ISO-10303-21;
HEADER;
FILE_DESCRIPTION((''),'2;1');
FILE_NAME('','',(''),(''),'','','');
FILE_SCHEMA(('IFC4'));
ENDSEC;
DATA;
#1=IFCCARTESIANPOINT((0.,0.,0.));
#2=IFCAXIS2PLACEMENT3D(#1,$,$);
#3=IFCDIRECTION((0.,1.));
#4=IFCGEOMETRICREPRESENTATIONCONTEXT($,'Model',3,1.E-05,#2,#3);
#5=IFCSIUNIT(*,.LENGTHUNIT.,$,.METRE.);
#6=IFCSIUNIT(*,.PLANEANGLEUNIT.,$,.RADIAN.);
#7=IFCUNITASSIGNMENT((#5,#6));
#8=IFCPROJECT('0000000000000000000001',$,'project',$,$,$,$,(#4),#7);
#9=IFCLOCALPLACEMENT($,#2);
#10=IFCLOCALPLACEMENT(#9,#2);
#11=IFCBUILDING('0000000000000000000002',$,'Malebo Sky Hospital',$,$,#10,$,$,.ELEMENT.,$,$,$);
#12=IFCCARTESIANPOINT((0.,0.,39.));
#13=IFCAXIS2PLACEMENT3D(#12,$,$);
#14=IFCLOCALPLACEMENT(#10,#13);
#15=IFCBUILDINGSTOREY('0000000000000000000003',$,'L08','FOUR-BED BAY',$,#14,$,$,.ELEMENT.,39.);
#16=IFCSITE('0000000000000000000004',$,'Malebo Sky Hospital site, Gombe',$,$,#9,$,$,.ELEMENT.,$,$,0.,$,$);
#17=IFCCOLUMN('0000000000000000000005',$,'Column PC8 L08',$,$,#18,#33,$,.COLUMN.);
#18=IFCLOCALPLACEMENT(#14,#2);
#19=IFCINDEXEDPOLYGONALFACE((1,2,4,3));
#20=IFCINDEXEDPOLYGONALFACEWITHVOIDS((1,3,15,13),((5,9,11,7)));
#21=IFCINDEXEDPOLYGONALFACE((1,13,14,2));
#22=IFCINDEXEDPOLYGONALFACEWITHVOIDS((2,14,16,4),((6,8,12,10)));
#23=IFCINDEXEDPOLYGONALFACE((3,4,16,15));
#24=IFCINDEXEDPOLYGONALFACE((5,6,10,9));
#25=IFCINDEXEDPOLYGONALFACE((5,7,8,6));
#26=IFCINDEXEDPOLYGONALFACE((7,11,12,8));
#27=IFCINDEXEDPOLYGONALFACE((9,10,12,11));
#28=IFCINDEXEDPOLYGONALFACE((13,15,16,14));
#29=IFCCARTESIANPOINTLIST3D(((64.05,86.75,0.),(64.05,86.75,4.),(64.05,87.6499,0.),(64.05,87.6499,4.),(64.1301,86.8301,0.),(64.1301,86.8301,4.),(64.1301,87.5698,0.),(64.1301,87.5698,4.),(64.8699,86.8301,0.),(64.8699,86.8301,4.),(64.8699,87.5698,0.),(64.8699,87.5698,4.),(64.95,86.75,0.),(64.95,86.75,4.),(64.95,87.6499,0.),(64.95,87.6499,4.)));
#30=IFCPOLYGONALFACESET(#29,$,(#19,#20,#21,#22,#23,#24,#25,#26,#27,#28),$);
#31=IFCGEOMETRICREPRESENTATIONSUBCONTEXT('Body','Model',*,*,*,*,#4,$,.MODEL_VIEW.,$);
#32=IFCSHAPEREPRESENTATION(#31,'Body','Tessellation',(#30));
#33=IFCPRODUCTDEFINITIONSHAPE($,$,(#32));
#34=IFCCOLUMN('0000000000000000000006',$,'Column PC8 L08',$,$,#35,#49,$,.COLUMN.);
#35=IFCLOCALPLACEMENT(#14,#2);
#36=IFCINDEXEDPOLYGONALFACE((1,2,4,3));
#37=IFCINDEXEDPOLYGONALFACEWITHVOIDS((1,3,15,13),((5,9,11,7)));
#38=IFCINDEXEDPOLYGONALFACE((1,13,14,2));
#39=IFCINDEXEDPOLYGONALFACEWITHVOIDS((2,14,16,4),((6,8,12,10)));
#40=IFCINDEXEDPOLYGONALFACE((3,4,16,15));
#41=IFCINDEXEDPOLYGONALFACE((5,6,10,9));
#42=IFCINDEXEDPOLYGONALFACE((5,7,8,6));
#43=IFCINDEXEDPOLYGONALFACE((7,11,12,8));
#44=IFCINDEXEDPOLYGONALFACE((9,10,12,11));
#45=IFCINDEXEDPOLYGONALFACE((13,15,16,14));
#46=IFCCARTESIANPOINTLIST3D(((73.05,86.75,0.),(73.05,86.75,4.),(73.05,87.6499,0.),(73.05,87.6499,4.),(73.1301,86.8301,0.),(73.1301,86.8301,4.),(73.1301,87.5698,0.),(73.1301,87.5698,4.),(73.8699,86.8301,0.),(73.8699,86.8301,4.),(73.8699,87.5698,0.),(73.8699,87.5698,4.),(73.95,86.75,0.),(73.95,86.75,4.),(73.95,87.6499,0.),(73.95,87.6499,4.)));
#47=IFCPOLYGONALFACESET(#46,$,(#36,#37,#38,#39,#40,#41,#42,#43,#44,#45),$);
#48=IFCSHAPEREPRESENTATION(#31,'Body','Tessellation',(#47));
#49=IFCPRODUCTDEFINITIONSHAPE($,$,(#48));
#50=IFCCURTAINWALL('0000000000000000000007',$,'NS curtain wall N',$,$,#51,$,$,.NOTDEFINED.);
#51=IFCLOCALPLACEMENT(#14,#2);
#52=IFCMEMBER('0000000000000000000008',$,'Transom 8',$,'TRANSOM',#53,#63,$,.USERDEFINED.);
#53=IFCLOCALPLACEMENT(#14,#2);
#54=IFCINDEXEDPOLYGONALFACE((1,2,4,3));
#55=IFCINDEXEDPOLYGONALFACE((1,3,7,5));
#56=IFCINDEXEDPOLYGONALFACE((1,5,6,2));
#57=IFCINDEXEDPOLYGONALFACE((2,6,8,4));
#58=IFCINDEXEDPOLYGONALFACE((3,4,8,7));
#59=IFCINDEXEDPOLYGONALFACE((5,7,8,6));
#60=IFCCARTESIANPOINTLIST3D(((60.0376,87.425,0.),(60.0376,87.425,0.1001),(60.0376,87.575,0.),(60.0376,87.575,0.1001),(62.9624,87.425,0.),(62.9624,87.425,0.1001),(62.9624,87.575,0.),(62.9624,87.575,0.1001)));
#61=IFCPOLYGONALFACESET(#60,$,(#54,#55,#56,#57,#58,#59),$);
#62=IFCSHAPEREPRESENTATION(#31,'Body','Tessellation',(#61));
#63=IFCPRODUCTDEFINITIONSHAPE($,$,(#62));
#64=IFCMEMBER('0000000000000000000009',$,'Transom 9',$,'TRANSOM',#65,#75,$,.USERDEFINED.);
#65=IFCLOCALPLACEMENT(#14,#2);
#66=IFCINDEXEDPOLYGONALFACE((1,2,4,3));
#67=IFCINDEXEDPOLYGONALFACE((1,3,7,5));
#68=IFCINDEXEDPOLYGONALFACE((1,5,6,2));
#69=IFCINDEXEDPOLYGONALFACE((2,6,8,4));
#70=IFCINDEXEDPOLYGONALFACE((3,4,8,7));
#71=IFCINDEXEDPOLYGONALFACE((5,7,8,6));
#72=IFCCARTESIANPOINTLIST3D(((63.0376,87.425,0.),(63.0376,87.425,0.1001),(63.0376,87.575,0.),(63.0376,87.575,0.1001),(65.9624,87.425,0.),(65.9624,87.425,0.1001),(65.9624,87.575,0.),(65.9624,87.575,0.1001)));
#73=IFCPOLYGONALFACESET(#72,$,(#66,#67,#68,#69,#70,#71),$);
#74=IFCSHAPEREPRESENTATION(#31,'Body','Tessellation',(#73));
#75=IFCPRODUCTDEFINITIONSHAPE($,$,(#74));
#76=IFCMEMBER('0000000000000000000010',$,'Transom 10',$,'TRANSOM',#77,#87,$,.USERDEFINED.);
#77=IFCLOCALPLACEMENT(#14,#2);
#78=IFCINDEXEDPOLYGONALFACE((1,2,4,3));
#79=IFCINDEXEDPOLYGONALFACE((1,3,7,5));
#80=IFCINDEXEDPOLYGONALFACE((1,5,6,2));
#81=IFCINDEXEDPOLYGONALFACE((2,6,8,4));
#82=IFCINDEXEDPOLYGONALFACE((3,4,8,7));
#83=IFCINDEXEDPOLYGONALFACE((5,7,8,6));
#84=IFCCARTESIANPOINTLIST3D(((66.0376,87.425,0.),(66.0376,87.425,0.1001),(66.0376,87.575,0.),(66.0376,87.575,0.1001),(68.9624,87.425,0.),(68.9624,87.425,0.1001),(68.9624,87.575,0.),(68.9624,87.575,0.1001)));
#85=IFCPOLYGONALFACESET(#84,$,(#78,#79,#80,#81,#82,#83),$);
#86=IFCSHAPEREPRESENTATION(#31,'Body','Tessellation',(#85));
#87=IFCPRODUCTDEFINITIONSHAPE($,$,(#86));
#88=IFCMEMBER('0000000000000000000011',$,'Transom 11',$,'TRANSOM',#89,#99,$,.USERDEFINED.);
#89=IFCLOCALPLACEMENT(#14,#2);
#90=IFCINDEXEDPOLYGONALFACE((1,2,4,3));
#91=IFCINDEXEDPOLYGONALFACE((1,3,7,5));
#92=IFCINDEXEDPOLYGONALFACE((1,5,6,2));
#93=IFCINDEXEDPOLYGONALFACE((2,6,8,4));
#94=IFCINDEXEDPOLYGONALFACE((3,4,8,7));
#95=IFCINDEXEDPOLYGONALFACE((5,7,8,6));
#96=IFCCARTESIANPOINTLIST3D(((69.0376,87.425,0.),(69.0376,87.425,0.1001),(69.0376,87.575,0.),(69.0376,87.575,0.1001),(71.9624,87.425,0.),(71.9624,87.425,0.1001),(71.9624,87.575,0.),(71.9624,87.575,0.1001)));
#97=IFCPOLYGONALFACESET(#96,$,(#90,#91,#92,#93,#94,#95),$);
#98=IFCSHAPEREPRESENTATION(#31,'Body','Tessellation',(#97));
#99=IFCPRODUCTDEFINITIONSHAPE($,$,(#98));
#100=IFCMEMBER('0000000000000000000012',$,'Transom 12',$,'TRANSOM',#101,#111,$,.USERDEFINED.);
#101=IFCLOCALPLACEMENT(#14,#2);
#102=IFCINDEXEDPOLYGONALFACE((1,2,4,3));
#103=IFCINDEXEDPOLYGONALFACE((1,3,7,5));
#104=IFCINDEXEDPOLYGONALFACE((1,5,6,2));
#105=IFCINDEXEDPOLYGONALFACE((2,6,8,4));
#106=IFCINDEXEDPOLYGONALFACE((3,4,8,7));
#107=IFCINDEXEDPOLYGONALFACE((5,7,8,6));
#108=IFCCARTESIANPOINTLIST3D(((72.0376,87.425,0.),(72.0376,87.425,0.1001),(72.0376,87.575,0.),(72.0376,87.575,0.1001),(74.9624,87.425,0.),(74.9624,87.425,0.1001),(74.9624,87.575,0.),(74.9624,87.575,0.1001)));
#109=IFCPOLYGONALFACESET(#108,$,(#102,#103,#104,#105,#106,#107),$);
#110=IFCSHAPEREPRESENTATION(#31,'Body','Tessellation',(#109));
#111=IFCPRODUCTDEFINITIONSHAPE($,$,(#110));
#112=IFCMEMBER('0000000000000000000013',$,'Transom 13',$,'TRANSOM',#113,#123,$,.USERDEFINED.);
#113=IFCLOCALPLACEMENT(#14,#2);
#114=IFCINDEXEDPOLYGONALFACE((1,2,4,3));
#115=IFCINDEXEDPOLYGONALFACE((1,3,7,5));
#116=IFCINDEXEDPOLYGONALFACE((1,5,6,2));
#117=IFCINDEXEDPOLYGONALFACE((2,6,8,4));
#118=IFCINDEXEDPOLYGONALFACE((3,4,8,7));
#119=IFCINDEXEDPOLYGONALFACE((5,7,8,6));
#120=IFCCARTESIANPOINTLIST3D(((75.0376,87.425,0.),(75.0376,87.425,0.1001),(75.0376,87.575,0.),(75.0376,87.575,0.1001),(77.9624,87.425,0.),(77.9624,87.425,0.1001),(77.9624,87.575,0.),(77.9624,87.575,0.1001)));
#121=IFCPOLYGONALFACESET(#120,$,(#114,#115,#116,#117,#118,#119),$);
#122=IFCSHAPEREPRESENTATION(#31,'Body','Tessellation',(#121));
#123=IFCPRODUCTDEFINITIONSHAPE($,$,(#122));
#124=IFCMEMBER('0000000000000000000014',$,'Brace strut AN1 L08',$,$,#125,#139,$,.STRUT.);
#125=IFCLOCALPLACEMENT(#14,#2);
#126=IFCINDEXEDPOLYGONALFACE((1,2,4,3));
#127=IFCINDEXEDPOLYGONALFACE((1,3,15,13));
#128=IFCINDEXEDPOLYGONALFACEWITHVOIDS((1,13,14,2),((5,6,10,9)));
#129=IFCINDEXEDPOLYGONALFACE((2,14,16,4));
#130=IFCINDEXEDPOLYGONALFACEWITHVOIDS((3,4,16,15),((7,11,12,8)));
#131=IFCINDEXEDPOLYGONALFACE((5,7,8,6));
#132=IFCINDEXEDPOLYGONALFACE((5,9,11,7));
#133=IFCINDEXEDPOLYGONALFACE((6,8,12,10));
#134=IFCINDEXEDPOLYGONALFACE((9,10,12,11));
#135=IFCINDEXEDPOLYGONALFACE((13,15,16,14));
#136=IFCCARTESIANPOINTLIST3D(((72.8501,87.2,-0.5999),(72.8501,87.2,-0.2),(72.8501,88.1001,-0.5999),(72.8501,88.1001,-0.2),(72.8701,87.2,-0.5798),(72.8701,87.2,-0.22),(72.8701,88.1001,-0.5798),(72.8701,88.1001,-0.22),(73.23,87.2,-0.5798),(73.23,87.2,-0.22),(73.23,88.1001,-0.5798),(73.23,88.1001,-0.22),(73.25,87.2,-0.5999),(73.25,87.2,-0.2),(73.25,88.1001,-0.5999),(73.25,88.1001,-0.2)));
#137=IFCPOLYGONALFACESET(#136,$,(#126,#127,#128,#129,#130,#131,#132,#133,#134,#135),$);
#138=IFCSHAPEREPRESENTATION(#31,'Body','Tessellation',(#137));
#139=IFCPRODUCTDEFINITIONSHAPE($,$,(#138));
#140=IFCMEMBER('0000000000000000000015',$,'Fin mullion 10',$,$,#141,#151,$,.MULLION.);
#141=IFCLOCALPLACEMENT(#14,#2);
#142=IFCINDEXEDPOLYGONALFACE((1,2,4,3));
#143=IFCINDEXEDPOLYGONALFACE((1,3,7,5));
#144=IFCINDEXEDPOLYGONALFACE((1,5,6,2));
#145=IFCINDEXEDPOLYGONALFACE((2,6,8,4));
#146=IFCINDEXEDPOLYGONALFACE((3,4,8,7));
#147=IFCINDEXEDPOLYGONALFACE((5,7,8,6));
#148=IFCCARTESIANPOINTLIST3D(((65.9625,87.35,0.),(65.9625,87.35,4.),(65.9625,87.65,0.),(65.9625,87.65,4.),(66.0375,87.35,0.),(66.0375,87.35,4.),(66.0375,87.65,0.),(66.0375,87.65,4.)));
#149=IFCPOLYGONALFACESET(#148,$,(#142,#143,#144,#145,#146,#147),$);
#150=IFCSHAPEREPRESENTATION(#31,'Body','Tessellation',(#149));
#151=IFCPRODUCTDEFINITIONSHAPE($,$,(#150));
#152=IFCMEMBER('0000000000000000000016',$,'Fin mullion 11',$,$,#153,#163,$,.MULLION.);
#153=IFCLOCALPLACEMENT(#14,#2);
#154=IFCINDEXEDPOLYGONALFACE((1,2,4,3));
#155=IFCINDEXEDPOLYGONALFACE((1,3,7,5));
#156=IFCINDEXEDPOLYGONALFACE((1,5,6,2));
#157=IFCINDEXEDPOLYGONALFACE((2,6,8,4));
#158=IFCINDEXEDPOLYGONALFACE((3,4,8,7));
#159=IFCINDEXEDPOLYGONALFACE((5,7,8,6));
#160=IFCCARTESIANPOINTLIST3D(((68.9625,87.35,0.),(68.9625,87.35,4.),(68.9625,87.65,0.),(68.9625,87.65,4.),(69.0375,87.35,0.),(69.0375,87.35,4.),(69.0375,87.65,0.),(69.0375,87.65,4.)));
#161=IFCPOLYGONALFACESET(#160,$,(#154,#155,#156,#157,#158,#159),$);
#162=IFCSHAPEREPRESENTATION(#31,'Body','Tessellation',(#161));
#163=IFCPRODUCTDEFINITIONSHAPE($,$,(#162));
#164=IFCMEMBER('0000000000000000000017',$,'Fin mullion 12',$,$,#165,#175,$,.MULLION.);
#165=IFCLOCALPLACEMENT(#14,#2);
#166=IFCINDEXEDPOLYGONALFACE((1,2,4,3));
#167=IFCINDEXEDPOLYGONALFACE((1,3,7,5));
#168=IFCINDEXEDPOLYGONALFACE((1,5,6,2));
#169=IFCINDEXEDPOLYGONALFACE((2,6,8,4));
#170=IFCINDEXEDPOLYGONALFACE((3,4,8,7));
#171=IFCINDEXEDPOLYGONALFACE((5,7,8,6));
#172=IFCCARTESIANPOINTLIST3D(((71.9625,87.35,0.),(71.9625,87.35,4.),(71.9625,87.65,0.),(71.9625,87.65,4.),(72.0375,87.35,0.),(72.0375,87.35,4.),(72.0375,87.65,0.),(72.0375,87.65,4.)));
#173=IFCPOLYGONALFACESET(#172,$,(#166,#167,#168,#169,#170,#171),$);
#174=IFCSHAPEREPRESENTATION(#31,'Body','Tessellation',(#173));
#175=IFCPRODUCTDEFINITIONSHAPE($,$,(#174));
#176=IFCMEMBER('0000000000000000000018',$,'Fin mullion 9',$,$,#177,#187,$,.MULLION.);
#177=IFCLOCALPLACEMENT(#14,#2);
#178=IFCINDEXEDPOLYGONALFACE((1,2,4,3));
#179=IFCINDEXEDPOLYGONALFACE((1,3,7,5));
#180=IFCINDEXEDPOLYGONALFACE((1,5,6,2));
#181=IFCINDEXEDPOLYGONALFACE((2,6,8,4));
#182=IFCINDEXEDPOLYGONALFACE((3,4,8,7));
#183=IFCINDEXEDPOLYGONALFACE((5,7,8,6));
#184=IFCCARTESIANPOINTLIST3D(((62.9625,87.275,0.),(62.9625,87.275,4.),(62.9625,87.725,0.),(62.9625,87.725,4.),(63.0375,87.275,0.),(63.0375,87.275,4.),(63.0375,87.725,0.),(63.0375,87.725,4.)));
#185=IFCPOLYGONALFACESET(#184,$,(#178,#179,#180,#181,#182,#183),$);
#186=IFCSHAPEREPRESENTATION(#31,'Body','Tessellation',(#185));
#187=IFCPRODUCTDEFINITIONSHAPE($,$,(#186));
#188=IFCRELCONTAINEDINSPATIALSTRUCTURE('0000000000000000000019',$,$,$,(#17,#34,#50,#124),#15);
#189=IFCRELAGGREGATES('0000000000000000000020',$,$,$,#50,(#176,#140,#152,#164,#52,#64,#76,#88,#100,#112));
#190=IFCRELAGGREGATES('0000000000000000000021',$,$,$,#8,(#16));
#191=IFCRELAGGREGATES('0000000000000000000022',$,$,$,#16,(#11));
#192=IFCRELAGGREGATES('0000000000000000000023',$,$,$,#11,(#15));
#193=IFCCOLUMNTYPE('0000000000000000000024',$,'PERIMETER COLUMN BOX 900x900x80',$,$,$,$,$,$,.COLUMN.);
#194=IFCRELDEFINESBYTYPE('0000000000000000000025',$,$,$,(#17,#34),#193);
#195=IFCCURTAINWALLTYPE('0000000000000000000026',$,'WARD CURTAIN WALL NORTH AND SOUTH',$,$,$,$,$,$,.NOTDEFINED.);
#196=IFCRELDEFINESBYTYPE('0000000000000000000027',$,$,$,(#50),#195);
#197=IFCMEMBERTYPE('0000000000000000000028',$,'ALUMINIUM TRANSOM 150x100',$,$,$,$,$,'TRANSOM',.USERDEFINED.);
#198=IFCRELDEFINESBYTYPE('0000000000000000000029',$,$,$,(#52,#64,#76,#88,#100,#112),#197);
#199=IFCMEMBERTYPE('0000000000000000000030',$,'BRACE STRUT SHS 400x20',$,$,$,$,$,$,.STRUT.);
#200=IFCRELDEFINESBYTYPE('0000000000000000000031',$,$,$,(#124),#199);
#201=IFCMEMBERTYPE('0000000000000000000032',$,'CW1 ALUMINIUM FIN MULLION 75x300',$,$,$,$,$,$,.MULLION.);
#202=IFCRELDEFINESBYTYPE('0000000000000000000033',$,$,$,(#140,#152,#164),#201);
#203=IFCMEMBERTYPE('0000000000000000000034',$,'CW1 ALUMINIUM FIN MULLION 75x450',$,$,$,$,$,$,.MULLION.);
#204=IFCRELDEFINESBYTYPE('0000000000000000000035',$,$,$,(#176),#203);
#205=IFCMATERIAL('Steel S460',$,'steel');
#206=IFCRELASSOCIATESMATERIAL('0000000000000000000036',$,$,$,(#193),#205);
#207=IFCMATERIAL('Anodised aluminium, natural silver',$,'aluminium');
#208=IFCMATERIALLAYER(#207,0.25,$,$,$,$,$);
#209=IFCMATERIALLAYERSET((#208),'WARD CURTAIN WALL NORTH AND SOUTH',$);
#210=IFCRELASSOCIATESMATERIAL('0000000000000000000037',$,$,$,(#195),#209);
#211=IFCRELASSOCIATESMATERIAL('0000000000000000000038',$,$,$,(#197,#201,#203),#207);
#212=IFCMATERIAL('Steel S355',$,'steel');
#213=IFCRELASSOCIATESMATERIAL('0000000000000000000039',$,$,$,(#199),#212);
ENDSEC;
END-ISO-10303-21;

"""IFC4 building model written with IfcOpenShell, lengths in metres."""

from ifc_helpers import new_model, si_unit, direction, frame, origin, origin_2d, place, context, subcontext, project, spatial, rectangle, hollow_rectangle, extrude, material, layer, layer_set, material_profile, profile_set, type_object, element, aggregate, save


model = new_model("IFC4")

# Units and contexts
model_context = context("Model", 3, precision=1e-05, world=origin(), true_north=direction((0.0, 1.0)))
body_context = subcontext(model_context, "Body", "Model", "MODEL_VIEW")
ifc_project = project(units=[si_unit("LENGTHUNIT", "METRE"), si_unit("PLANEANGLEUNIT", "RADIAN")], contexts=[model_context])

# Site, building, storey
site_placement = place(None, origin())
site = spatial("IfcSite", under=ifc_project, at=site_placement, Name="Malebo Sky Hospital site, Gombe", CompositionType="ELEMENT", RefElevation=0.0)
building_placement = place(site_placement, origin())
building = spatial("IfcBuilding", under=site, at=building_placement, Name="Malebo Sky Hospital", CompositionType="ELEMENT")
storey_placement = place(building_placement, frame((0.0, 0.0, 39.0)))
storey = spatial("IfcBuildingStorey", under=building, at=storey_placement, Name="L08", Description="FOUR-BED BAY", CompositionType="ELEMENT", Elevation=39.0)

# Columns
ifc_material_1 = material(Name="Steel S460", Category="steel")
ifc_material_profile_1 = material_profile(ifc_material_1, hollow_rectangle(XDim=0.8999, YDim=0.8999, WallThickness=0.0801, at=origin_2d()), Name="BOX 900x900x80")
ifc_profile_set_1 = profile_set([ifc_material_profile_1], Name="Steel S460")
column_type = type_object("IfcColumnType", Name="PERIMETER COLUMN BOX 900x900x80", PredefinedType="COLUMN", material=ifc_profile_set_1)
for number, where, z_axis, x_axis, name in (
    (1, (64.5, 87.2, 0.0), (0.0, 0.0, 1.0), (1.0, 0.0, 0.0), "Column PC8 L08"),
    (2, (73.5, 87.2, 0.0), (0.0, 0.0, 1.0), (1.0, 0.0, 0.0), "Column PC8 L08"),
):
    element("IfcColumn", number, at=place(storey_placement, frame(where, z_axis=z_axis, x_axis=x_axis)), inside=storey, type_object=column_type, Name=name, PredefinedType="COLUMN", context=body_context, shape_type="SweptSolid", body=[
        extrude(hollow_rectangle(XDim=0.8999, YDim=0.8999, WallThickness=0.0801, at=origin_2d()), origin(), (0.0, 0.0, 1.0), 4.0),
    ])

# Curtain wall, members
ifc_material_2 = material(Name="Anodised aluminium, natural silver", Category="aluminium")
ifc_layer_1 = layer(ifc_material_2, 0.25)
ifc_layer_set_1 = layer_set([ifc_layer_1], Name="WARD CURTAIN WALL NORTH AND SOUTH")
curtain_wall_type = type_object("IfcCurtainWallType", Name="WARD CURTAIN WALL NORTH AND SOUTH", PredefinedType="NOTDEFINED", material=ifc_layer_set_1)
curtain_wall_placement = place(storey_placement, origin())
curtain_wall = element("IfcCurtainWall", 3, at=curtain_wall_placement, inside=storey, type_object=curtain_wall_type, Name="NS curtain wall N", PredefinedType="NOTDEFINED")
ifc_material_profile_2 = material_profile(ifc_material_2, rectangle(XDim=0.1499, YDim=0.1001, at=origin_2d()), Name="ALUMINIUM TRANSOM 150x100")
ifc_profile_set_2 = profile_set([ifc_material_profile_2], Name="Anodised aluminium, natural silver")
member_type_1 = type_object("IfcMemberType", Name="ALUMINIUM TRANSOM 150x100", ElementType="TRANSOM", PredefinedType="USERDEFINED", material=ifc_profile_set_2)
member_1_placement = place(storey_placement, frame((60.0376, 87.5, 0.05), z_axis=(1.0, 0.0, 0.0), x_axis=(0.0, 1.0, 0.0)))
member_1 = element("IfcMember", 4, at=member_1_placement, type_object=member_type_1, Name="Transom 8", ObjectType="TRANSOM", PredefinedType="USERDEFINED", context=body_context, shape_type="SweptSolid", body=[
    extrude(rectangle(XDim=0.1499, YDim=0.1001, at=origin_2d()), origin(), (0.0, 0.0, 1.0), 2.9248),
])
member_2_placement = place(storey_placement, frame((63.0376, 87.5, 0.05), z_axis=(1.0, 0.0, 0.0), x_axis=(0.0, 1.0, 0.0)))
member_2 = element("IfcMember", 5, at=member_2_placement, type_object=member_type_1, Name="Transom 9", ObjectType="TRANSOM", PredefinedType="USERDEFINED", context=body_context, shape_type="SweptSolid", body=[
    extrude(rectangle(XDim=0.1499, YDim=0.1001, at=origin_2d()), origin(), (0.0, 0.0, 1.0), 2.9248),
])
member_3_placement = place(storey_placement, frame((66.0376, 87.5, 0.05), z_axis=(1.0, 0.0, 0.0), x_axis=(0.0, 1.0, 0.0)))
member_3 = element("IfcMember", 6, at=member_3_placement, type_object=member_type_1, Name="Transom 10", ObjectType="TRANSOM", PredefinedType="USERDEFINED", context=body_context, shape_type="SweptSolid", body=[
    extrude(rectangle(XDim=0.1499, YDim=0.1001, at=origin_2d()), origin(), (0.0, 0.0, 1.0), 2.9248),
])
member_4_placement = place(storey_placement, frame((69.0376, 87.5, 0.05), z_axis=(1.0, 0.0, 0.0), x_axis=(0.0, 1.0, 0.0)))
member_4 = element("IfcMember", 7, at=member_4_placement, type_object=member_type_1, Name="Transom 11", ObjectType="TRANSOM", PredefinedType="USERDEFINED", context=body_context, shape_type="SweptSolid", body=[
    extrude(rectangle(XDim=0.1499, YDim=0.1001, at=origin_2d()), origin(), (0.0, 0.0, 1.0), 2.9248),
])
member_5_placement = place(storey_placement, frame((72.0376, 87.5, 0.05), z_axis=(1.0, 0.0, 0.0), x_axis=(0.0, 1.0, 0.0)))
member_5 = element("IfcMember", 8, at=member_5_placement, type_object=member_type_1, Name="Transom 12", ObjectType="TRANSOM", PredefinedType="USERDEFINED", context=body_context, shape_type="SweptSolid", body=[
    extrude(rectangle(XDim=0.1499, YDim=0.1001, at=origin_2d()), origin(), (0.0, 0.0, 1.0), 2.9248),
])
member_6_placement = place(storey_placement, frame((75.0376, 87.5, 0.05), z_axis=(1.0, 0.0, 0.0), x_axis=(0.0, 1.0, 0.0)))
member_6 = element("IfcMember", 9, at=member_6_placement, type_object=member_type_1, Name="Transom 13", ObjectType="TRANSOM", PredefinedType="USERDEFINED", context=body_context, shape_type="SweptSolid", body=[
    extrude(rectangle(XDim=0.1499, YDim=0.1001, at=origin_2d()), origin(), (0.0, 0.0, 1.0), 2.9248),
])

# Members
ifc_material_3 = material(Name="Steel S355", Category="steel")
ifc_material_profile_3 = material_profile(ifc_material_3, hollow_rectangle(XDim=0.3999, YDim=0.3999, WallThickness=0.02, at=origin_2d()), Name="SHS 400x20")
ifc_profile_set_3 = profile_set([ifc_material_profile_3], Name="Steel S355")
member_type_2 = type_object("IfcMemberType", Name="BRACE STRUT SHS 400x20", PredefinedType="STRUT", material=ifc_profile_set_3)
member_7_placement = place(storey_placement, frame((73.05, 88.1001, -0.3999), z_axis=(0.0, -1.0, 0.0), x_axis=(1.0, 0.0, 0.0)))
element("IfcMember", 10, at=member_7_placement, inside=storey, type_object=member_type_2, Name="Brace strut AN1 L08", PredefinedType="STRUT", context=body_context, shape_type="SweptSolid", body=[
    extrude(hollow_rectangle(XDim=0.3999, YDim=0.3999, WallThickness=0.02, at=origin_2d()), origin(), (0.0, 0.0, 1.0), 0.9001),
])
ifc_material_profile_4 = material_profile(ifc_material_2, rectangle(XDim=0.075, YDim=0.3, at=origin_2d()), Name="CW1 ALUMINIUM FIN MULLION 75x300")
ifc_profile_set_4 = profile_set([ifc_material_profile_4], Name="Anodised aluminium, natural silver")
member_type_3 = type_object("IfcMemberType", Name="CW1 ALUMINIUM FIN MULLION 75x300", PredefinedType="MULLION", material=ifc_profile_set_4)
member_8_placement = place(storey_placement, frame((66.0, 87.5, 0.0), z_axis=(0.0, 0.0, 1.0), x_axis=(1.0, 0.0, 0.0)))
member_8 = element("IfcMember", 11, at=member_8_placement, type_object=member_type_3, Name="Fin mullion 10", PredefinedType="MULLION", context=body_context, shape_type="SweptSolid", body=[
    extrude(rectangle(XDim=0.075, YDim=0.3, at=origin_2d()), origin(), (0.0, 0.0, 1.0), 4.0),
])
member_9_placement = place(storey_placement, frame((69.0, 87.5, 0.0), z_axis=(0.0, 0.0, 1.0), x_axis=(1.0, 0.0, 0.0)))
member_9 = element("IfcMember", 12, at=member_9_placement, type_object=member_type_3, Name="Fin mullion 11", PredefinedType="MULLION", context=body_context, shape_type="SweptSolid", body=[
    extrude(rectangle(XDim=0.075, YDim=0.3, at=origin_2d()), origin(), (0.0, 0.0, 1.0), 4.0),
])
member_10_placement = place(storey_placement, frame((72.0, 87.5, 0.0), z_axis=(0.0, 0.0, 1.0), x_axis=(1.0, 0.0, 0.0)))
member_10 = element("IfcMember", 13, at=member_10_placement, type_object=member_type_3, Name="Fin mullion 12", PredefinedType="MULLION", context=body_context, shape_type="SweptSolid", body=[
    extrude(rectangle(XDim=0.075, YDim=0.3, at=origin_2d()), origin(), (0.0, 0.0, 1.0), 4.0),
])
ifc_material_profile_5 = material_profile(ifc_material_2, rectangle(XDim=0.075, YDim=0.45, at=origin_2d()), Name="CW1 ALUMINIUM FIN MULLION 75x450")
ifc_profile_set_5 = profile_set([ifc_material_profile_5], Name="Anodised aluminium, natural silver")
member_type_4 = type_object("IfcMemberType", Name="CW1 ALUMINIUM FIN MULLION 75x450", PredefinedType="MULLION", material=ifc_profile_set_5)
member_11_placement = place(storey_placement, frame((63.0, 87.5, 0.0), z_axis=(0.0, 0.0, 1.0), x_axis=(1.0, 0.0, 0.0)))
member_11 = element("IfcMember", 14, at=member_11_placement, type_object=member_type_4, Name="Fin mullion 9", PredefinedType="MULLION", context=body_context, shape_type="SweptSolid", body=[
    extrude(rectangle(XDim=0.075, YDim=0.45, at=origin_2d()), origin(), (0.0, 0.0, 1.0), 4.0),
])

aggregate(curtain_wall, [member_11, member_8, member_9, member_10, member_1, member_2, member_3, member_4, member_5, member_6])

save(model, "model.ifc")
